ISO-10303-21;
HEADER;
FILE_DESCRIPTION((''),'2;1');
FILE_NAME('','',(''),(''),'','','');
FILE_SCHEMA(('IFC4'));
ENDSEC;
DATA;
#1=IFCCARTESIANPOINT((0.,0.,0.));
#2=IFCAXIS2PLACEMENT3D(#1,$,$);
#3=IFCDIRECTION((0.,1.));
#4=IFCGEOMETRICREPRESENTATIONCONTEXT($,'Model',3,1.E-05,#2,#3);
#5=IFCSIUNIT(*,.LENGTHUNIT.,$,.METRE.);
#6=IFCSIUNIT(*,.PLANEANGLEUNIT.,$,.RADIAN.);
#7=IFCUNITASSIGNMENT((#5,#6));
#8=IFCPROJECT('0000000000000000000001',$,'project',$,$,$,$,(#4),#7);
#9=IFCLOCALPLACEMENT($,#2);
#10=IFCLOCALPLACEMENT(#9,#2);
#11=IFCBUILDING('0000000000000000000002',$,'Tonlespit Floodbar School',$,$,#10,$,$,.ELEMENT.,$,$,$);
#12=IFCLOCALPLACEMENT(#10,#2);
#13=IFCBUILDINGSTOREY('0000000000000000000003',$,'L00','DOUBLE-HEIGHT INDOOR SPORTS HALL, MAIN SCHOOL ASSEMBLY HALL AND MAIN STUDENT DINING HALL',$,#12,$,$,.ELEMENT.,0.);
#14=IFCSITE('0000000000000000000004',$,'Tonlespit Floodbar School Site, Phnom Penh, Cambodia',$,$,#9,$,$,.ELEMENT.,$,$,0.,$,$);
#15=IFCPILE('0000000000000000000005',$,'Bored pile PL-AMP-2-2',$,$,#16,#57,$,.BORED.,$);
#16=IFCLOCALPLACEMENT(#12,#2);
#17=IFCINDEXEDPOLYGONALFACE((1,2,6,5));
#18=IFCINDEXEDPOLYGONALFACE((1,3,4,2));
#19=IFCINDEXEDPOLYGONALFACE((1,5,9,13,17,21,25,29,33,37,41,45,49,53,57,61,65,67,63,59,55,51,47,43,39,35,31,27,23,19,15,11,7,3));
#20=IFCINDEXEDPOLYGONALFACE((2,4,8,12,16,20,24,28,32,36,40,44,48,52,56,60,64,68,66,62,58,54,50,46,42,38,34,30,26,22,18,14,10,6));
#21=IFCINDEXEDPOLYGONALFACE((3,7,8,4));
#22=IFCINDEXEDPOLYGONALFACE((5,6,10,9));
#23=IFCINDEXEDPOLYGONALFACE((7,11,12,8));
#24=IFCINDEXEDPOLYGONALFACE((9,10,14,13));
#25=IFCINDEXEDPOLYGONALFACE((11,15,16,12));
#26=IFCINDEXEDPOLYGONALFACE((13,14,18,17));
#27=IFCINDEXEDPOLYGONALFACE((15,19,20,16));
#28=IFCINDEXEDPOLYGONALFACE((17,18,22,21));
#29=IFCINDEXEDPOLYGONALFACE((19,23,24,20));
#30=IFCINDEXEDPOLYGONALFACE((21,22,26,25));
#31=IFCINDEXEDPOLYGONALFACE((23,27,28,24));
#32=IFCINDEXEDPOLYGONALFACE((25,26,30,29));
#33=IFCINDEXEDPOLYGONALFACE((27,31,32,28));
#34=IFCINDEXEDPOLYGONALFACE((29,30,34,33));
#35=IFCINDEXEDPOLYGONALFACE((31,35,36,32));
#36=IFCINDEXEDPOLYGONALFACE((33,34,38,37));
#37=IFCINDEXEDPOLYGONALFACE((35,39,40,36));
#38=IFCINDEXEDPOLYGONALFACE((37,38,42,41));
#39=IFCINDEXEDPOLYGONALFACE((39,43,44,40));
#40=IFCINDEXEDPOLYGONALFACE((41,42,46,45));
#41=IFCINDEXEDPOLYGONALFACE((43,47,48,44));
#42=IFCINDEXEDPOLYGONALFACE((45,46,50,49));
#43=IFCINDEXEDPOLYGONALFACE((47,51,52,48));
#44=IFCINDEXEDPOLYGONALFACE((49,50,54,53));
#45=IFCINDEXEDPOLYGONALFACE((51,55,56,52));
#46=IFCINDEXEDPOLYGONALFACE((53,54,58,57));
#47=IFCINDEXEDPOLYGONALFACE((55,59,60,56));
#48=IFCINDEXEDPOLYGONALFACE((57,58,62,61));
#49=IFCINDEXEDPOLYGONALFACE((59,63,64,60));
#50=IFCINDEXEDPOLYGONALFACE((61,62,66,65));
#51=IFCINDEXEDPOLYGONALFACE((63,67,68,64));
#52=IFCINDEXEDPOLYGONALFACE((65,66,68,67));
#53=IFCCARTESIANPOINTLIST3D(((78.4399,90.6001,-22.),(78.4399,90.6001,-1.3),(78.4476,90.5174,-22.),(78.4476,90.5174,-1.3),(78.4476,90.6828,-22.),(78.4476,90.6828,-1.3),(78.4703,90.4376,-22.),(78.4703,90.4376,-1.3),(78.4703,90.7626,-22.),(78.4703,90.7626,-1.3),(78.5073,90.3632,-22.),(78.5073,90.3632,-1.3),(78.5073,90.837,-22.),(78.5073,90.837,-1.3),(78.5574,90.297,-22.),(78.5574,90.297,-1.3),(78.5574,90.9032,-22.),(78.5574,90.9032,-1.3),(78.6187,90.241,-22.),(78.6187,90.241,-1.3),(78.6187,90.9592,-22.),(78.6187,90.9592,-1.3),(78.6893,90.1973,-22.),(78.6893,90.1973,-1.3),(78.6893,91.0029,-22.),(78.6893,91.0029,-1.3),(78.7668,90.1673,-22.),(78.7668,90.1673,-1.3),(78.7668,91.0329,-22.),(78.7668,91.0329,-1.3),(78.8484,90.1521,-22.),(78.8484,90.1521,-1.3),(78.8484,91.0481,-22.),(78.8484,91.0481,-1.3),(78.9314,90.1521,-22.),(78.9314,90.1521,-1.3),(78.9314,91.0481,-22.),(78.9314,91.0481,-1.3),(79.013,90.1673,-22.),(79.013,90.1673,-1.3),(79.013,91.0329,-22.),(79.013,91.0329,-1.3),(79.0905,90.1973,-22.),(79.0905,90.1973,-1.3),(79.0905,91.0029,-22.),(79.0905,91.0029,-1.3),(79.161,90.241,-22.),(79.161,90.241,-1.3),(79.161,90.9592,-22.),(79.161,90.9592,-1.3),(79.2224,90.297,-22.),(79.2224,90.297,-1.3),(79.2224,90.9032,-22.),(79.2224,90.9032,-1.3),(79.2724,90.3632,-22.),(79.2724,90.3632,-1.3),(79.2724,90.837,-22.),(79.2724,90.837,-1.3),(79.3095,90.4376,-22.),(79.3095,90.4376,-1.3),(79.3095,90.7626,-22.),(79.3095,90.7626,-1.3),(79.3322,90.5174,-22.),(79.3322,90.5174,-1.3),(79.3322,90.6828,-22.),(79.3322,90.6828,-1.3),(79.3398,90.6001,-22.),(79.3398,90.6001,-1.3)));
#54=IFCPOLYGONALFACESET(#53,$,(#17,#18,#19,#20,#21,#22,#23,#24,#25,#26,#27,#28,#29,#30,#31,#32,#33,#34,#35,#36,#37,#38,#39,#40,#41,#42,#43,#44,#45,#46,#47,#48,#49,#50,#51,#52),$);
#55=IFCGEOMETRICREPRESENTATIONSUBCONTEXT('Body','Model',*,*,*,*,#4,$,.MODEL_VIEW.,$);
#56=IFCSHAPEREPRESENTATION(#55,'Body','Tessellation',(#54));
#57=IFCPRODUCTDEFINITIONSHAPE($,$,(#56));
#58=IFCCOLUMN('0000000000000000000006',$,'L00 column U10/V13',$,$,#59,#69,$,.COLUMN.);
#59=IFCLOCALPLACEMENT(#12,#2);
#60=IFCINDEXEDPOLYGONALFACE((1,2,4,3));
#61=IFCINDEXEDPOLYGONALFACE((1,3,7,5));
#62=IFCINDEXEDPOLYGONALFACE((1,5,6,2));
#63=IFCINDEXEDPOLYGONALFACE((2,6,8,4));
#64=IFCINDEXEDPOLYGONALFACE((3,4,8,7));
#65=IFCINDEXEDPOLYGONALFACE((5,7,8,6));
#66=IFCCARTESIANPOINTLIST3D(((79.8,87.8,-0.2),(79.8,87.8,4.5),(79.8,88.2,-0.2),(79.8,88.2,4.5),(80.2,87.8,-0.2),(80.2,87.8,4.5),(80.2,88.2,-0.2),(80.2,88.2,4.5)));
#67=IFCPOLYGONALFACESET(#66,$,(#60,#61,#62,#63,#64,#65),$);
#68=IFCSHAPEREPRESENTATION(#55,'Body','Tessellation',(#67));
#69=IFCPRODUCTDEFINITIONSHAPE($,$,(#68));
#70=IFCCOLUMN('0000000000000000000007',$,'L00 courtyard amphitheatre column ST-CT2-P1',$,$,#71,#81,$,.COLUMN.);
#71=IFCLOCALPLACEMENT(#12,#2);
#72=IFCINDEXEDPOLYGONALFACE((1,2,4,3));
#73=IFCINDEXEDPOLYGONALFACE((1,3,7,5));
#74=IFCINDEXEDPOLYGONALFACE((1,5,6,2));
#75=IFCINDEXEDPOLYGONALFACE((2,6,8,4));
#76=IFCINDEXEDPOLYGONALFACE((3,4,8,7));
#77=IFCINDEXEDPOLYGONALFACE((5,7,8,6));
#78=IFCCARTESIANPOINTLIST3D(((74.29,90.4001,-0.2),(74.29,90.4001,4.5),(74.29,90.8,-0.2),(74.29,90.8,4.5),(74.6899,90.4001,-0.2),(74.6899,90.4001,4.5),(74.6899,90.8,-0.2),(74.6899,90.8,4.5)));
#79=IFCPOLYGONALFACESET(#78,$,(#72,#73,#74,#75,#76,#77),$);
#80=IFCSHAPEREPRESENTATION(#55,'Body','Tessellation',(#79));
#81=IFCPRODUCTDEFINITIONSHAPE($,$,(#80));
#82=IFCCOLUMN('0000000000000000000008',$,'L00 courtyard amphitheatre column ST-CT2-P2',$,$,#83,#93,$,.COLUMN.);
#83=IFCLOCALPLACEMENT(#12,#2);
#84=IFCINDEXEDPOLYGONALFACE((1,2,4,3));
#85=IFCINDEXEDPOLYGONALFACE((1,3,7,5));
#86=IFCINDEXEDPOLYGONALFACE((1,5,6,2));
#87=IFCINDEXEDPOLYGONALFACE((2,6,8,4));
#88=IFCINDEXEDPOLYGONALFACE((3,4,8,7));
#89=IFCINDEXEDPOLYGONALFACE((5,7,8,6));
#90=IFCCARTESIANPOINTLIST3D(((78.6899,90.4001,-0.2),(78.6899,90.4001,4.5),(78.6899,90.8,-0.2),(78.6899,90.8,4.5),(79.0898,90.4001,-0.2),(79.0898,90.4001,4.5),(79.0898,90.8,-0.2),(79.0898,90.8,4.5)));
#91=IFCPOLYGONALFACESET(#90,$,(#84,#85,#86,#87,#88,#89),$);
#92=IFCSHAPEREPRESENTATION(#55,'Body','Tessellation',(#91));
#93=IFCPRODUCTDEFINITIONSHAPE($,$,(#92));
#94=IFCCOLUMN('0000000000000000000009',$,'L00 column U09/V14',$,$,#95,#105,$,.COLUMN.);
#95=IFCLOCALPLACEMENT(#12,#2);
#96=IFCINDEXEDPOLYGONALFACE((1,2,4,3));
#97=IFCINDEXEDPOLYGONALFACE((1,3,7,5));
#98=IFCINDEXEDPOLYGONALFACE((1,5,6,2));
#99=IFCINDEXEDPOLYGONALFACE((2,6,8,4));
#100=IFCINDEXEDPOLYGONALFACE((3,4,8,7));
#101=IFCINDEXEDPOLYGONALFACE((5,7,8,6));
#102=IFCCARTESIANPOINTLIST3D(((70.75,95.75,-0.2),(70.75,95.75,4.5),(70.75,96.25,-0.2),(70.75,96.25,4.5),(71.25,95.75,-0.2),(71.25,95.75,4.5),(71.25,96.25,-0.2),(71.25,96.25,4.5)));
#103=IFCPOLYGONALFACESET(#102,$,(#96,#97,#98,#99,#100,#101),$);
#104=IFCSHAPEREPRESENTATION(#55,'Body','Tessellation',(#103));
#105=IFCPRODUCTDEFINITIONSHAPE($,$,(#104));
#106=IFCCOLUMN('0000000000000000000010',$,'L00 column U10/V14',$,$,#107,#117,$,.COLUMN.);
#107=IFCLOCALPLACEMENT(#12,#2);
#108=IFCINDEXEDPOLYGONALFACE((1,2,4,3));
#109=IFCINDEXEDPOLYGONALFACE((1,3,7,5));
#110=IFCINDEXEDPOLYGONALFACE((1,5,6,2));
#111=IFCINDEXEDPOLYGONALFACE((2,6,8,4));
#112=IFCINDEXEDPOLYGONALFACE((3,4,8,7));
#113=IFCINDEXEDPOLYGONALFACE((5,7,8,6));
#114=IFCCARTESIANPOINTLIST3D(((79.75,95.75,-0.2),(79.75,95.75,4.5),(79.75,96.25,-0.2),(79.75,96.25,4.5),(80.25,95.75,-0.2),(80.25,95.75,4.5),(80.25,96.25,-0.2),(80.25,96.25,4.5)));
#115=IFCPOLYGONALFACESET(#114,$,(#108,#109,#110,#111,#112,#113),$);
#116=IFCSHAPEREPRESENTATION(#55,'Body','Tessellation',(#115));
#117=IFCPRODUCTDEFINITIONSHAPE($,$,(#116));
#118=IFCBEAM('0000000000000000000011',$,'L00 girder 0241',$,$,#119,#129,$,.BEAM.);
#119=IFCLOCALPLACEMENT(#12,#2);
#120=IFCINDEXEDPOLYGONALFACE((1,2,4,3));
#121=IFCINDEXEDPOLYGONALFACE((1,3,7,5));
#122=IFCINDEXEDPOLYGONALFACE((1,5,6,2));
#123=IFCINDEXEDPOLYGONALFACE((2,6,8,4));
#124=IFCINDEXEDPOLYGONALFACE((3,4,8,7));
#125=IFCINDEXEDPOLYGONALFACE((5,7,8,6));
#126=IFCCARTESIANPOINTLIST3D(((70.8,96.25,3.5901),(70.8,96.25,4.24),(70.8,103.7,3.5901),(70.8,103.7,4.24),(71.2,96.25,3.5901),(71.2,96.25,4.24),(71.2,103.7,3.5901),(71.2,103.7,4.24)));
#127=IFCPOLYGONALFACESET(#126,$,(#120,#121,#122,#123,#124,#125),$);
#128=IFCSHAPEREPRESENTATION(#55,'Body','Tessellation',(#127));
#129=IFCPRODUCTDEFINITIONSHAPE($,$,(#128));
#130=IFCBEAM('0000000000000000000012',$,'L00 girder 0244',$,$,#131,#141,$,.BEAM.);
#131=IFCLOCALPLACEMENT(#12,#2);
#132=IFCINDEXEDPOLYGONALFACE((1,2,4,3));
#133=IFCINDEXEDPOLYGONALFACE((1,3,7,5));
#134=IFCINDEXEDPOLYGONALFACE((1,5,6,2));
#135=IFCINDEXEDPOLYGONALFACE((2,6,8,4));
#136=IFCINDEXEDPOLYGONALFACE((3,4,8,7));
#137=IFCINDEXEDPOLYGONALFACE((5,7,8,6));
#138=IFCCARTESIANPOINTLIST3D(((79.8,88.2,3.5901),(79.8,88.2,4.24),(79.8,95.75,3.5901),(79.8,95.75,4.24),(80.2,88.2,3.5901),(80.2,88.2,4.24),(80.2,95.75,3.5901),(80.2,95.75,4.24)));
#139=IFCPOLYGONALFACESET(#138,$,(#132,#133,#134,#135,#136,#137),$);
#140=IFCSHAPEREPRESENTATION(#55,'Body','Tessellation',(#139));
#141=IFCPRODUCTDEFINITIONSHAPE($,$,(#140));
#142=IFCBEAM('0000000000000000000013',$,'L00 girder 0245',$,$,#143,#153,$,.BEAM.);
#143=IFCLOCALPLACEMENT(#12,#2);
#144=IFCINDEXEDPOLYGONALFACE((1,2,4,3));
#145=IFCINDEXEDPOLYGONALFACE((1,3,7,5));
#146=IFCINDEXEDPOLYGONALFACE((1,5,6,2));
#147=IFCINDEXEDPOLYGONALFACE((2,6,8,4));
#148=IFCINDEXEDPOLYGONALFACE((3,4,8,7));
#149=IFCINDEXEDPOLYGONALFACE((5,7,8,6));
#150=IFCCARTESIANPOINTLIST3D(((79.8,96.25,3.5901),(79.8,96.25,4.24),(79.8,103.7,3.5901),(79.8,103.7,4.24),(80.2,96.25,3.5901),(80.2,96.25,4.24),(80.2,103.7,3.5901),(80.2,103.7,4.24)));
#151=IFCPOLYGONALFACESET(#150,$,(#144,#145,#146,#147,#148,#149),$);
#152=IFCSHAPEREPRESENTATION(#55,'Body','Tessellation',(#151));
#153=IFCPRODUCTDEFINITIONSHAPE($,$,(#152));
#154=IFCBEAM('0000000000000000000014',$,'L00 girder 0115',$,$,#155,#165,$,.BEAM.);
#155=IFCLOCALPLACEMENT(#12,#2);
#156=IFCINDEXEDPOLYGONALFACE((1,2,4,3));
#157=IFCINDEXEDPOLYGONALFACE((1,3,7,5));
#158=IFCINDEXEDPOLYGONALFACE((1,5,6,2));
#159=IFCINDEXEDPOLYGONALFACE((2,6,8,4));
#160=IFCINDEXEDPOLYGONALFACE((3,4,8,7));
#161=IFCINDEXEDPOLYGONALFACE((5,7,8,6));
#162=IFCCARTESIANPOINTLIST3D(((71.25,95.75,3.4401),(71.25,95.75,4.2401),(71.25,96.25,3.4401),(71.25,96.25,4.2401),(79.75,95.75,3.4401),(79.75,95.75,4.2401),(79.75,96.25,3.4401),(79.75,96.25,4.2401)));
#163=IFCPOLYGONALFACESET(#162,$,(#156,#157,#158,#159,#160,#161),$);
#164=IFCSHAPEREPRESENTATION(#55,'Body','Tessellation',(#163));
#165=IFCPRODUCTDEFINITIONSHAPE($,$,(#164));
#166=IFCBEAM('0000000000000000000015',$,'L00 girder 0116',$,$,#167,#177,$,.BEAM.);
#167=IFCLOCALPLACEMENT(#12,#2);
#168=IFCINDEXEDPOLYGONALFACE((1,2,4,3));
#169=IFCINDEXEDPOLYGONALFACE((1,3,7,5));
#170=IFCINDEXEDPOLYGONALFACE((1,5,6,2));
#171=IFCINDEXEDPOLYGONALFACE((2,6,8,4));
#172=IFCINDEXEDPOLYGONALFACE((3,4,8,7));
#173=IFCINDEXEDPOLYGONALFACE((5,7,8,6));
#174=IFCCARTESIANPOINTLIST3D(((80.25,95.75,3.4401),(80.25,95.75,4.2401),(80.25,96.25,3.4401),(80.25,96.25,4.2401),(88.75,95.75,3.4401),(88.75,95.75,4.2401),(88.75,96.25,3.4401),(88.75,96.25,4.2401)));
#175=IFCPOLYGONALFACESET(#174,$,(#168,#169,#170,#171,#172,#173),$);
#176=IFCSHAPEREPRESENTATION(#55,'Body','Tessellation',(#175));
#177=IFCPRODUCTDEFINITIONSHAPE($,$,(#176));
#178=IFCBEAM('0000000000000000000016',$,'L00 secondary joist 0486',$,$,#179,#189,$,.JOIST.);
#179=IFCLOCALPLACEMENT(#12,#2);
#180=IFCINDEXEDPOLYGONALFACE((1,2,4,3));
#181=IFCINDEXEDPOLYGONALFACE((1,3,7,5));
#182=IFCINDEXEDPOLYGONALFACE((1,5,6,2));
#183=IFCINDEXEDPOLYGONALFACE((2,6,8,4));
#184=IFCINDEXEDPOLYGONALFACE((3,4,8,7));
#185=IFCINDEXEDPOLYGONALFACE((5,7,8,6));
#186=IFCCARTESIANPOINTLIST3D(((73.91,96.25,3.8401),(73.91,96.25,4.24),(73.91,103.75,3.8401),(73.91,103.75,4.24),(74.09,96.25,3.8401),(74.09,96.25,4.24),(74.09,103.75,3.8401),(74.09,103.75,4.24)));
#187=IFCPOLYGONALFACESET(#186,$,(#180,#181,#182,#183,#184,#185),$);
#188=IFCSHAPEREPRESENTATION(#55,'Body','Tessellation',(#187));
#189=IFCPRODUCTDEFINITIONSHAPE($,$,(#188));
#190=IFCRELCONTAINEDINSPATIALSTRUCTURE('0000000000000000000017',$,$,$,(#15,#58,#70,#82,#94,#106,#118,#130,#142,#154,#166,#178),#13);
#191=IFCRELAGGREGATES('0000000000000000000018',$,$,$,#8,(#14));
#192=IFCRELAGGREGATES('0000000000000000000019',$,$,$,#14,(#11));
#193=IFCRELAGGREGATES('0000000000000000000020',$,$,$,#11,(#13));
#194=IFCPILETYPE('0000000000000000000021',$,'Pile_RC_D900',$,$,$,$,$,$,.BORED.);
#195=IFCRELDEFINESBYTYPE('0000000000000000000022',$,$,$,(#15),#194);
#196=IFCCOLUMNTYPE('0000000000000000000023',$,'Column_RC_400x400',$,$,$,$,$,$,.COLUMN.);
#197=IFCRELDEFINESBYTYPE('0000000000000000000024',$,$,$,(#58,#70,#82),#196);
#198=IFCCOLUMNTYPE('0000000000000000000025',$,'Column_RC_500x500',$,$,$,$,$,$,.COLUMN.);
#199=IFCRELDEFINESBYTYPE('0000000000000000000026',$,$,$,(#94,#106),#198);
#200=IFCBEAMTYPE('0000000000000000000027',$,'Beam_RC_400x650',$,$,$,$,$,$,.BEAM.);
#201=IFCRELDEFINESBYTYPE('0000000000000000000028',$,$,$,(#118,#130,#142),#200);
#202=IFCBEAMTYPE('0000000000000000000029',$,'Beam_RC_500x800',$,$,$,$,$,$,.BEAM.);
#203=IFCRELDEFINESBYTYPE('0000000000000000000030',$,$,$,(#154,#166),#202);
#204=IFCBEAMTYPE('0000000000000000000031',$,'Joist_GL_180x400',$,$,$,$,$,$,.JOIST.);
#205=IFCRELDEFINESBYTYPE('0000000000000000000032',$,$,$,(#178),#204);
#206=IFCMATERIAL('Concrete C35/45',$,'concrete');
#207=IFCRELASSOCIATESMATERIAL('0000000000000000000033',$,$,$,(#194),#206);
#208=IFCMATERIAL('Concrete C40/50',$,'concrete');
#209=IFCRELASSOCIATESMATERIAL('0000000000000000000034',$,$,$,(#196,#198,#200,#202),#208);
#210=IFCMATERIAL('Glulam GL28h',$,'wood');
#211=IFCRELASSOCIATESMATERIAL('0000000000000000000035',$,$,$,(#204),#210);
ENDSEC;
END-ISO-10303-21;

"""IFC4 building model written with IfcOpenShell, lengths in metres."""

from ifc_helpers import new_model, si_unit, direction, frame, origin, origin_2d, place, context, subcontext, project, spatial, rectangle, circle, extrude, material, material_profile, profile_set, type_object, element, save


model = new_model("IFC4")

# Units and contexts
model_context = context("Model", 3, precision=1e-05, world=origin(), true_north=direction((0.0, 1.0)))
body_context = subcontext(model_context, "Body", "Model", "MODEL_VIEW")
ifc_project = project(units=[si_unit("LENGTHUNIT", "METRE"), si_unit("PLANEANGLEUNIT", "RADIAN")], contexts=[model_context])

# Site, building, storey
site_placement = place(None, origin())
site = spatial("IfcSite", under=ifc_project, at=site_placement, Name="Tonlespit Floodbar School Site, Phnom Penh, Cambodia", CompositionType="ELEMENT", RefElevation=0.0)
building_placement = place(site_placement, origin())
building = spatial("IfcBuilding", under=site, at=building_placement, Name="Tonlespit Floodbar School", CompositionType="ELEMENT")
storey_placement = place(building_placement, origin())
storey = spatial("IfcBuildingStorey", under=building, at=storey_placement, Name="L00", Description="DOUBLE-HEIGHT INDOOR SPORTS HALL, MAIN SCHOOL ASSEMBLY HALL AND MAIN STUDENT DINING HALL", CompositionType="ELEMENT", Elevation=0.0)

# Shared definitions
ifc_material_1 = material(Name="Concrete C40/50", Category="concrete")

# Pile
ifc_material_2 = material(Name="Concrete C35/45", Category="concrete")
ifc_material_profile_1 = material_profile(ifc_material_2, circle(Radius=0.45, at=origin_2d()), Name="BP D900")
ifc_profile_set_1 = profile_set([ifc_material_profile_1], Name="Concrete C35/45")
pile_type = type_object("IfcPileType", Name="Pile_RC_D900", PredefinedType="BORED", material=ifc_profile_set_1)
for number, where, z_axis, x_axis, name in (
    (1, (78.8899, 90.6001, -1.3), (0.0, 0.0, -1.0), (1.0, 0.0, 0.0), "Bored pile PL-AMP-2-2"),
):
    element("IfcPile", number, at=place(storey_placement, frame(where, z_axis=z_axis, x_axis=x_axis)), inside=storey, type_object=pile_type, Name=name, PredefinedType="BORED", context=body_context, shape_type="SweptSolid", body=[
        extrude(circle(Radius=0.45, at=origin_2d()), origin(), (0.0, 0.0, 1.0), 20.7),
    ])

# Columns
ifc_material_profile_2 = material_profile(ifc_material_1, rectangle(XDim=0.3999, YDim=0.3999, at=origin_2d()), Name="RC 400x400")
ifc_profile_set_2 = profile_set([ifc_material_profile_2], Name="Concrete C40/50")
column_type_1 = type_object("IfcColumnType", Name="Column_RC_400x400", PredefinedType="COLUMN", material=ifc_profile_set_2)
for number, where, z_axis, x_axis, name in (
    (2, (80.0, 88.0, -0.2), (0.0, 0.0, 1.0), (1.0, 0.0, 0.0), "L00 column U10/V13"),
    (3, (74.49, 90.6001, -0.2), (0.0, 0.0, 1.0), (1.0, 0.0, 0.0), "L00 courtyard amphitheatre column ST-CT2-P1"),
    (4, (78.8899, 90.6001, -0.2), (0.0, 0.0, 1.0), (1.0, 0.0, 0.0), "L00 courtyard amphitheatre column ST-CT2-P2"),
):
    element("IfcColumn", number, at=place(storey_placement, frame(where, z_axis=z_axis, x_axis=x_axis)), inside=storey, type_object=column_type_1, Name=name, PredefinedType="COLUMN", context=body_context, shape_type="SweptSolid", body=[
        extrude(rectangle(XDim=0.3999, YDim=0.3999, at=origin_2d()), origin(), (0.0, 0.0, 1.0), 4.7),
    ])
ifc_material_profile_3 = material_profile(ifc_material_1, rectangle(XDim=0.5, YDim=0.5, at=origin_2d()), Name="RC 500x500")
ifc_profile_set_3 = profile_set([ifc_material_profile_3], Name="Concrete C40/50")
column_type_2 = type_object("IfcColumnType", Name="Column_RC_500x500", PredefinedType="COLUMN", material=ifc_profile_set_3)
for number, where, z_axis, x_axis, name in (
    (5, (71.0, 96.0, -0.2), (0.0, 0.0, 1.0), (1.0, 0.0, 0.0), "L00 column U09/V14"),
    (6, (80.0, 96.0, -0.2), (0.0, 0.0, 1.0), (1.0, 0.0, 0.0), "L00 column U10/V14"),
):
    element("IfcColumn", number, at=place(storey_placement, frame(where, z_axis=z_axis, x_axis=x_axis)), inside=storey, type_object=column_type_2, Name=name, PredefinedType="COLUMN", context=body_context, shape_type="SweptSolid", body=[
        extrude(rectangle(XDim=0.5, YDim=0.5, at=origin_2d()), origin(), (0.0, 0.0, 1.0), 4.7),
    ])

# Beams
ifc_material_profile_4 = material_profile(ifc_material_1, rectangle(XDim=0.3999, YDim=0.6499, at=origin_2d()), Name="RC 400x650")
ifc_profile_set_4 = profile_set([ifc_material_profile_4], Name="Concrete C40/50")
beam_type_1 = type_object("IfcBeamType", Name="Beam_RC_400x650", PredefinedType="BEAM", material=ifc_profile_set_4)
beam_1_placement = place(storey_placement, frame((71.0, 96.25, 3.915), z_axis=(0.0, 1.0, 0.0), x_axis=(-1.0, 0.0, 0.0)))
element("IfcBeam", 7, at=beam_1_placement, inside=storey, type_object=beam_type_1, Name="L00 girder 0241", PredefinedType="BEAM", context=body_context, shape_type="SweptSolid", body=[
    extrude(rectangle(XDim=0.3999, YDim=0.6499, at=origin_2d()), origin(), (0.0, 0.0, 1.0), 7.45),
])
beam_2_placement = place(storey_placement, frame((80.0, 88.2, 3.915), z_axis=(0.0, 1.0, 0.0), x_axis=(-1.0, 0.0, 0.0)))
element("IfcBeam", 8, at=beam_2_placement, inside=storey, type_object=beam_type_1, Name="L00 girder 0244", PredefinedType="BEAM", context=body_context, shape_type="SweptSolid", body=[
    extrude(rectangle(XDim=0.3999, YDim=0.6499, at=origin_2d()), origin(), (0.0, 0.0, 1.0), 7.55),
])
beam_3_placement = place(storey_placement, frame((80.0, 96.25, 3.915), z_axis=(0.0, 1.0, 0.0), x_axis=(-1.0, 0.0, 0.0)))
element("IfcBeam", 9, at=beam_3_placement, inside=storey, type_object=beam_type_1, Name="L00 girder 0245", PredefinedType="BEAM", context=body_context, shape_type="SweptSolid", body=[
    extrude(rectangle(XDim=0.3999, YDim=0.6499, at=origin_2d()), origin(), (0.0, 0.0, 1.0), 7.45),
])
ifc_material_profile_5 = material_profile(ifc_material_1, rectangle(XDim=0.5, YDim=0.8, at=origin_2d()), Name="RC 500x800")
ifc_profile_set_5 = profile_set([ifc_material_profile_5], Name="Concrete C40/50")
beam_type_2 = type_object("IfcBeamType", Name="Beam_RC_500x800", PredefinedType="BEAM", material=ifc_profile_set_5)
for number, where, z_axis, x_axis, name in (
    (10, (71.25, 96.0, 3.8401), (1.0, 0.0, 0.0), (0.0, 1.0, 0.0), "L00 girder 0115"),
    (11, (80.25, 96.0, 3.8401), (1.0, 0.0, 0.0), (0.0, 1.0, 0.0), "L00 girder 0116"),
):
    element("IfcBeam", number, at=place(storey_placement, frame(where, z_axis=z_axis, x_axis=x_axis)), inside=storey, type_object=beam_type_2, Name=name, PredefinedType="BEAM", context=body_context, shape_type="SweptSolid", body=[
        extrude(rectangle(XDim=0.5, YDim=0.8, at=origin_2d()), origin(), (0.0, 0.0, 1.0), 8.5),
    ])
ifc_material_3 = material(Name="Glulam GL28h", Category="wood")
ifc_material_profile_6 = material_profile(ifc_material_3, rectangle(XDim=0.1799, YDim=0.3999, at=origin_2d()), Name="GL 180x400")
ifc_profile_set_6 = profile_set([ifc_material_profile_6], Name="Glulam GL28h")
beam_type_3 = type_object("IfcBeamType", Name="Joist_GL_180x400", PredefinedType="JOIST", material=ifc_profile_set_6)
for number, where, z_axis, x_axis, name in (
    (12, (74.0, 96.25, 4.04), (0.0, 1.0, 0.0), (-1.0, 0.0, 0.0), "L00 secondary joist 0486"),
):
    element("IfcBeam", number, at=place(storey_placement, frame(where, z_axis=z_axis, x_axis=x_axis)), inside=storey, type_object=beam_type_3, Name=name, PredefinedType="JOIST", context=body_context, shape_type="SweptSolid", body=[
        extrude(rectangle(XDim=0.1799, YDim=0.3999, at=origin_2d()), origin(), (0.0, 0.0, 1.0), 7.5),
    ])

save(model, "model.ifc")
